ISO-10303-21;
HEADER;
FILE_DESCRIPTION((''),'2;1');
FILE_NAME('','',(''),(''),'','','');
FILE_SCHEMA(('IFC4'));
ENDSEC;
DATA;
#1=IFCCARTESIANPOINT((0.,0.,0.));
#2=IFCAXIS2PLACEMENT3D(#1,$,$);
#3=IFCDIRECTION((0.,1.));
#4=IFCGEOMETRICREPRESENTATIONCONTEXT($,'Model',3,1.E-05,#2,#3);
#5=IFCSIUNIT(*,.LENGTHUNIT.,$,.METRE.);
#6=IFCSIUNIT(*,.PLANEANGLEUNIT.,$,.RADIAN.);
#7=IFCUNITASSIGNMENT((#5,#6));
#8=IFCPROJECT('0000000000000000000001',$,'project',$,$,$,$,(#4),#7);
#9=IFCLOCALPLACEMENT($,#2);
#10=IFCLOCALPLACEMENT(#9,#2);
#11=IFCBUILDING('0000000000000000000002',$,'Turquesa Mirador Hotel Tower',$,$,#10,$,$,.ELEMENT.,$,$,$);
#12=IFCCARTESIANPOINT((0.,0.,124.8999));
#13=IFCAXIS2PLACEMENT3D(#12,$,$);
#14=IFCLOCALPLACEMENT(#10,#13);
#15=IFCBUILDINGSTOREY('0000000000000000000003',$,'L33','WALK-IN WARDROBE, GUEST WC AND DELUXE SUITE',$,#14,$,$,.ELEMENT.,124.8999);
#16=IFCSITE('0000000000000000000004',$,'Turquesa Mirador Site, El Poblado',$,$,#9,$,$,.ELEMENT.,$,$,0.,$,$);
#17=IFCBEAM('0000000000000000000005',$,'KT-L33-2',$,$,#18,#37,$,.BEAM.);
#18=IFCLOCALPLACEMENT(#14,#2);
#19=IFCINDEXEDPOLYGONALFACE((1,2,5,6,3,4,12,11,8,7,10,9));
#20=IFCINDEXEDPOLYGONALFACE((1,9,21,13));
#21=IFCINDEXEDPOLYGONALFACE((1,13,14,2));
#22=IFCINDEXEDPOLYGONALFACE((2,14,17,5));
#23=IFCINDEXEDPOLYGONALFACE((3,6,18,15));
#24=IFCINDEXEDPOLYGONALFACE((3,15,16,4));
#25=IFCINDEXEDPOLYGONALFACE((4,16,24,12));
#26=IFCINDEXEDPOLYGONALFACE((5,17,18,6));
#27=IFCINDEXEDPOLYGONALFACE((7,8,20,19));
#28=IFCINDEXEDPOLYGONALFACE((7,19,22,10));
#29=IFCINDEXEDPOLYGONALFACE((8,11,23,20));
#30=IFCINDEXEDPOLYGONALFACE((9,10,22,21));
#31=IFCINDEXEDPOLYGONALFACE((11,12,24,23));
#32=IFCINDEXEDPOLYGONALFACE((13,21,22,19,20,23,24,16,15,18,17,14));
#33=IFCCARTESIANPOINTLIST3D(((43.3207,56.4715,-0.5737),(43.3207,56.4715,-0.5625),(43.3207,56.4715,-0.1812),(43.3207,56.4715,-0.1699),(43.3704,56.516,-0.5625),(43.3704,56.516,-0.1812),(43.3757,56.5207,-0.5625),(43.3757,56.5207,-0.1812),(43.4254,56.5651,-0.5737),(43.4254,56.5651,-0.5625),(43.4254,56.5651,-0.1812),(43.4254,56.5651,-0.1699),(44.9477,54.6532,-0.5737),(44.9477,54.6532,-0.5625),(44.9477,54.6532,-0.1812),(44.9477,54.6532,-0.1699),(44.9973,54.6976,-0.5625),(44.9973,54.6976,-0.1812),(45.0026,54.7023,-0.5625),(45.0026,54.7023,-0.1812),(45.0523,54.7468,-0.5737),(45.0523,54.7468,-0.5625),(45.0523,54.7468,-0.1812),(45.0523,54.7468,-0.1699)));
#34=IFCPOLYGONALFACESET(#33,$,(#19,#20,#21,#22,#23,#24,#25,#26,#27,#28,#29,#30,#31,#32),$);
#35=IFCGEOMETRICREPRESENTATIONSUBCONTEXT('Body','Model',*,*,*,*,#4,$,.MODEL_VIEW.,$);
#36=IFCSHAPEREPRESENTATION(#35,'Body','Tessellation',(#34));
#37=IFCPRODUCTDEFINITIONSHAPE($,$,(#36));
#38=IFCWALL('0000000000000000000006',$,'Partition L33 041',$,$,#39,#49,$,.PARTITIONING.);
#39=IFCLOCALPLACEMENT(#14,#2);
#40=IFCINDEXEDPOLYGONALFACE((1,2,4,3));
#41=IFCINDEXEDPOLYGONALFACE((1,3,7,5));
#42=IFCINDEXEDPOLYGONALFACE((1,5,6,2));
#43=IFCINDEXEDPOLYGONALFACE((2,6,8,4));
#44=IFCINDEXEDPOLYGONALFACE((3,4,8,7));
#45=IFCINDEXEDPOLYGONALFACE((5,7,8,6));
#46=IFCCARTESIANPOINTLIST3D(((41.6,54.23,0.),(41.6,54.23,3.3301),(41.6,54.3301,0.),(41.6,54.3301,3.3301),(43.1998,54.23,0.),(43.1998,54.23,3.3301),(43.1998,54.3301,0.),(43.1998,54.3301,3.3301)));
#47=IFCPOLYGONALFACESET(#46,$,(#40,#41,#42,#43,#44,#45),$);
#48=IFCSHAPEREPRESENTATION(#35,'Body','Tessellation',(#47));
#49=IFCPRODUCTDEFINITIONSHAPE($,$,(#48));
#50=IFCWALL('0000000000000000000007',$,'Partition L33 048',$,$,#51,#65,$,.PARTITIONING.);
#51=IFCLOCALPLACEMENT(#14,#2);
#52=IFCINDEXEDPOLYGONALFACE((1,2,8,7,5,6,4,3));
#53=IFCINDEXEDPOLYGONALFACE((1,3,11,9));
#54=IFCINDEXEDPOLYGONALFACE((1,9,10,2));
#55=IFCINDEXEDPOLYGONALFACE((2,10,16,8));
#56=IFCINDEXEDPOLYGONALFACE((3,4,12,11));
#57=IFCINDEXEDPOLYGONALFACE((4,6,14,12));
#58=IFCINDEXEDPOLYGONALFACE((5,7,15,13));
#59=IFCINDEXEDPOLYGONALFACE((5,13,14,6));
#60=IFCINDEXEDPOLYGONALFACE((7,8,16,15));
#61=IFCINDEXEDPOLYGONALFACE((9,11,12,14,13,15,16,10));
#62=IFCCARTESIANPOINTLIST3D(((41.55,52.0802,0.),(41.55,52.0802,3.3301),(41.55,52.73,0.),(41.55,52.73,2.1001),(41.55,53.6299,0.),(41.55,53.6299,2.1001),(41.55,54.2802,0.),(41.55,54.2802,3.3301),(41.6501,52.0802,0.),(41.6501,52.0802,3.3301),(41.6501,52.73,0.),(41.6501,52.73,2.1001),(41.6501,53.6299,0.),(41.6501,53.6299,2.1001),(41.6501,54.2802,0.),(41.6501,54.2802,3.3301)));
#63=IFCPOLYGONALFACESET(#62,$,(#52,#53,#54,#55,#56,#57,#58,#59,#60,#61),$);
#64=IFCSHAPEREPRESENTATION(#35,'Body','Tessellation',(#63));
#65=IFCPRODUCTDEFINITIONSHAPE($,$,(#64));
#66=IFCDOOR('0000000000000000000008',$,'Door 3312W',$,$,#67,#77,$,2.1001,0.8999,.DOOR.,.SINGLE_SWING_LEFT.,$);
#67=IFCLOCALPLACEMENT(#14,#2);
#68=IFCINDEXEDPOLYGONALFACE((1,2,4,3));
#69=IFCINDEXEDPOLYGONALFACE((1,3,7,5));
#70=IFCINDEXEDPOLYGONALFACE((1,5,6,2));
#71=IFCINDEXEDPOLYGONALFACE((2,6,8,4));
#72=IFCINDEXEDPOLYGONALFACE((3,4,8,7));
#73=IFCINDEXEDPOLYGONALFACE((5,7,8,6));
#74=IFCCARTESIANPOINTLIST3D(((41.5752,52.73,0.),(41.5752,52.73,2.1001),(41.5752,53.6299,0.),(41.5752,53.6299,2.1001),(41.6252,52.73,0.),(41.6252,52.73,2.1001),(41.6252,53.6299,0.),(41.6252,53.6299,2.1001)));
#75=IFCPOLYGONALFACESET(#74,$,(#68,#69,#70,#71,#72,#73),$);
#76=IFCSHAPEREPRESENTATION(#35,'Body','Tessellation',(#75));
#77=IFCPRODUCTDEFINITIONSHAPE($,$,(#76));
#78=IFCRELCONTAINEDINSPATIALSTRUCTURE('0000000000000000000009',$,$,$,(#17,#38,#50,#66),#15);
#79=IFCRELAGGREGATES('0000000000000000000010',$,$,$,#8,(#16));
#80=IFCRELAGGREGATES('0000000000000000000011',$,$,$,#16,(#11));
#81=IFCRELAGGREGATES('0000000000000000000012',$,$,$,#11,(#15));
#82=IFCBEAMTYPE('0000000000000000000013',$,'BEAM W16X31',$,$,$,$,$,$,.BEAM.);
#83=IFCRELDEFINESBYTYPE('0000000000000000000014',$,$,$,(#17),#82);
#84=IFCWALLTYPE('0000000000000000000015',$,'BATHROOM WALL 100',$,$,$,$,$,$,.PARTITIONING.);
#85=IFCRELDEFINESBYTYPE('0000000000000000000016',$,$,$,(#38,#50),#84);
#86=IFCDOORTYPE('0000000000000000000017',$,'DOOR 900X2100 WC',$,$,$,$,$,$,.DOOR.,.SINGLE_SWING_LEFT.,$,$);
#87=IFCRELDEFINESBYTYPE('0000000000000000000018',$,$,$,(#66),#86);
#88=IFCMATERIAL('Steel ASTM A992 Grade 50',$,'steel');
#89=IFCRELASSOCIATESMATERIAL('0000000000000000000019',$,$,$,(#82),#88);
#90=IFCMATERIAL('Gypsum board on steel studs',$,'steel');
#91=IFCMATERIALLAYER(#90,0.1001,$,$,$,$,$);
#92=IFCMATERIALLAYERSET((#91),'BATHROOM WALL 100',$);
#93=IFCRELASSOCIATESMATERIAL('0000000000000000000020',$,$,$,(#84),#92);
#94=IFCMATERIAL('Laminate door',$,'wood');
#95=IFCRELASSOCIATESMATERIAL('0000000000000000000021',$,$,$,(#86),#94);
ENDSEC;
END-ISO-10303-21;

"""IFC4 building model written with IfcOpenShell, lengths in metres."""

from ifc_helpers import new_model, si_unit, direction, frame, frame_2d, origin, origin_2d, place, context, subcontext, project, spatial, rectangle, i_section, extrude, material, layer, layer_set, material_profile, profile_set, type_object, element, fill, save


model = new_model("IFC4")

# Units and contexts
model_context = context("Model", 3, precision=1e-05, world=origin(), true_north=direction((0.0, 1.0)))
body_context = subcontext(model_context, "Body", "Model", "MODEL_VIEW")
ifc_project = project(units=[si_unit("LENGTHUNIT", "METRE"), si_unit("PLANEANGLEUNIT", "RADIAN")], contexts=[model_context])

# Site, building, storey
site_placement = place(None, origin())
site = spatial("IfcSite", under=ifc_project, at=site_placement, Name="Turquesa Mirador Site, El Poblado", CompositionType="ELEMENT", RefElevation=0.0)
building_placement = place(site_placement, origin())
building = spatial("IfcBuilding", under=site, at=building_placement, Name="Turquesa Mirador Hotel Tower", CompositionType="ELEMENT")
storey_placement = place(building_placement, frame((0.0, 0.0, 124.8999)))
storey = spatial("IfcBuildingStorey", under=building, at=storey_placement, Name="L33", Description="WALK-IN WARDROBE, GUEST WC AND DELUXE SUITE", CompositionType="ELEMENT", Elevation=124.8999)

# Beam
ifc_material_1 = material(Name="Steel ASTM A992 Grade 50", Category="steel")
ifc_material_profile = material_profile(ifc_material_1, i_section(OverallWidth=0.1404, OverallDepth=0.4038, WebThickness=0.0071, FlangeThickness=0.0112, at=origin_2d()), Name="W16X31")
ifc_profile_set = profile_set([ifc_material_profile], Name="Steel ASTM A992 Grade 50")
beam_type = type_object("IfcBeamType", Name="BEAM W16X31", PredefinedType="BEAM", material=ifc_profile_set)
beam_placement = place(storey_placement, frame((43.373, 56.5183, -0.3718), z_axis=(0.666795, -0.745241, 0.0), x_axis=(0.745241, 0.666795, 0.0)))
element("IfcBeam", 1, at=beam_placement, inside=storey, type_object=beam_type, Name="KT-L33-2", PredefinedType="BEAM", context=body_context, shape_type="SweptSolid", body=[
    extrude(i_section(OverallWidth=0.1404, OverallDepth=0.4038, WebThickness=0.0071, FlangeThickness=0.0112, at=origin_2d()), origin(), (0.0, 0.0, 1.0), 2.4399),
])

# Wall
ifc_material_2 = material(Name="Gypsum board on steel studs", Category="steel")
ifc_layer_1 = layer(ifc_material_2, 0.1001)
ifc_layer_set_1 = layer_set([ifc_layer_1], Name="BATHROOM WALL 100")
wall_type_1 = type_object("IfcWallType", Name="BATHROOM WALL 100", PredefinedType="PARTITIONING", material=ifc_layer_set_1)
wall_1_placement = place(storey_placement, frame((41.6001, 54.28, 0.0), z_axis=(0.0, 0.0, 1.0), x_axis=(1.0, 0.0, 0.0)))
element("IfcWall", 2, at=wall_1_placement, inside=storey, type_object=wall_type_1, Name="Partition L33 041", PredefinedType="PARTITIONING", context=body_context, shape_type="SweptSolid", body=[
    extrude(rectangle(XDim=1.5999, YDim=0.1001, at=frame_2d((0.7998, 0.0))), origin(), (0.0, 0.0, 1.0), 3.3301),
])

# Wall, opening, door
wall_2_placement = place(storey_placement, frame((41.6001, 52.0801, 0.0), z_axis=(0.0, 0.0, 1.0), x_axis=(0.0, 1.0, 0.0)))
wall_2 = element("IfcWall", 3, at=wall_2_placement, inside=storey, type_object=wall_type_1, Name="Partition L33 048", PredefinedType="PARTITIONING", context=body_context, shape_type="SweptSolid", body=[
    extrude(rectangle(XDim=2.2, YDim=0.1001, at=frame_2d((1.1001, 0.0))), origin(), (0.0, 0.0, 1.0), 3.3301),
])
opening_1_placement = place(wall_2_placement, frame((0.6499, 0.0, 0.0)))
opening_1 = element("IfcOpeningElement", 4, at=opening_1_placement, cuts=wall_2, PredefinedType="OPENING", context=body_context, shape_type="SweptSolid", body=[
    extrude(rectangle(XDim=0.8999, YDim=2.1001, at=frame_2d((0.45, 1.05))), frame((0.0, 0.0601, 0.0), z_axis=(0.0, -1.0, 0.0), x_axis=(1.0, 0.0, 0.0)), (0.0, 0.0, 1.0), 0.1201),
])
ifc_material_3 = material(Name="Laminate door", Category="wood")
door_type_1 = type_object("IfcDoorType", Name="DOOR 900X2100 WC", OperationType="SINGLE_SWING_LEFT", PredefinedType="DOOR", material=ifc_material_3)
door_1_placement = place(opening_1_placement, origin())
door_1 = element("IfcDoor", 5, at=door_1_placement, inside=storey, type_object=door_type_1, Name="Door 3312W", OperationType="SINGLE_SWING_LEFT", OverallHeight=2.1001, OverallWidth=0.8999, PredefinedType="DOOR", context=body_context, shape_type="SweptSolid", body=[
    extrude(rectangle(XDim=0.8999, YDim=2.1001, at=frame_2d((0.45, 1.05))), frame((0.0, 0.0249, 0.0), z_axis=(0.0, -1.0, 0.0), x_axis=(1.0, 0.0, 0.0)), (0.0, 0.0, 1.0), 0.05),
])
fill(opening_1, door_1)

save(model, "model.ifc")
